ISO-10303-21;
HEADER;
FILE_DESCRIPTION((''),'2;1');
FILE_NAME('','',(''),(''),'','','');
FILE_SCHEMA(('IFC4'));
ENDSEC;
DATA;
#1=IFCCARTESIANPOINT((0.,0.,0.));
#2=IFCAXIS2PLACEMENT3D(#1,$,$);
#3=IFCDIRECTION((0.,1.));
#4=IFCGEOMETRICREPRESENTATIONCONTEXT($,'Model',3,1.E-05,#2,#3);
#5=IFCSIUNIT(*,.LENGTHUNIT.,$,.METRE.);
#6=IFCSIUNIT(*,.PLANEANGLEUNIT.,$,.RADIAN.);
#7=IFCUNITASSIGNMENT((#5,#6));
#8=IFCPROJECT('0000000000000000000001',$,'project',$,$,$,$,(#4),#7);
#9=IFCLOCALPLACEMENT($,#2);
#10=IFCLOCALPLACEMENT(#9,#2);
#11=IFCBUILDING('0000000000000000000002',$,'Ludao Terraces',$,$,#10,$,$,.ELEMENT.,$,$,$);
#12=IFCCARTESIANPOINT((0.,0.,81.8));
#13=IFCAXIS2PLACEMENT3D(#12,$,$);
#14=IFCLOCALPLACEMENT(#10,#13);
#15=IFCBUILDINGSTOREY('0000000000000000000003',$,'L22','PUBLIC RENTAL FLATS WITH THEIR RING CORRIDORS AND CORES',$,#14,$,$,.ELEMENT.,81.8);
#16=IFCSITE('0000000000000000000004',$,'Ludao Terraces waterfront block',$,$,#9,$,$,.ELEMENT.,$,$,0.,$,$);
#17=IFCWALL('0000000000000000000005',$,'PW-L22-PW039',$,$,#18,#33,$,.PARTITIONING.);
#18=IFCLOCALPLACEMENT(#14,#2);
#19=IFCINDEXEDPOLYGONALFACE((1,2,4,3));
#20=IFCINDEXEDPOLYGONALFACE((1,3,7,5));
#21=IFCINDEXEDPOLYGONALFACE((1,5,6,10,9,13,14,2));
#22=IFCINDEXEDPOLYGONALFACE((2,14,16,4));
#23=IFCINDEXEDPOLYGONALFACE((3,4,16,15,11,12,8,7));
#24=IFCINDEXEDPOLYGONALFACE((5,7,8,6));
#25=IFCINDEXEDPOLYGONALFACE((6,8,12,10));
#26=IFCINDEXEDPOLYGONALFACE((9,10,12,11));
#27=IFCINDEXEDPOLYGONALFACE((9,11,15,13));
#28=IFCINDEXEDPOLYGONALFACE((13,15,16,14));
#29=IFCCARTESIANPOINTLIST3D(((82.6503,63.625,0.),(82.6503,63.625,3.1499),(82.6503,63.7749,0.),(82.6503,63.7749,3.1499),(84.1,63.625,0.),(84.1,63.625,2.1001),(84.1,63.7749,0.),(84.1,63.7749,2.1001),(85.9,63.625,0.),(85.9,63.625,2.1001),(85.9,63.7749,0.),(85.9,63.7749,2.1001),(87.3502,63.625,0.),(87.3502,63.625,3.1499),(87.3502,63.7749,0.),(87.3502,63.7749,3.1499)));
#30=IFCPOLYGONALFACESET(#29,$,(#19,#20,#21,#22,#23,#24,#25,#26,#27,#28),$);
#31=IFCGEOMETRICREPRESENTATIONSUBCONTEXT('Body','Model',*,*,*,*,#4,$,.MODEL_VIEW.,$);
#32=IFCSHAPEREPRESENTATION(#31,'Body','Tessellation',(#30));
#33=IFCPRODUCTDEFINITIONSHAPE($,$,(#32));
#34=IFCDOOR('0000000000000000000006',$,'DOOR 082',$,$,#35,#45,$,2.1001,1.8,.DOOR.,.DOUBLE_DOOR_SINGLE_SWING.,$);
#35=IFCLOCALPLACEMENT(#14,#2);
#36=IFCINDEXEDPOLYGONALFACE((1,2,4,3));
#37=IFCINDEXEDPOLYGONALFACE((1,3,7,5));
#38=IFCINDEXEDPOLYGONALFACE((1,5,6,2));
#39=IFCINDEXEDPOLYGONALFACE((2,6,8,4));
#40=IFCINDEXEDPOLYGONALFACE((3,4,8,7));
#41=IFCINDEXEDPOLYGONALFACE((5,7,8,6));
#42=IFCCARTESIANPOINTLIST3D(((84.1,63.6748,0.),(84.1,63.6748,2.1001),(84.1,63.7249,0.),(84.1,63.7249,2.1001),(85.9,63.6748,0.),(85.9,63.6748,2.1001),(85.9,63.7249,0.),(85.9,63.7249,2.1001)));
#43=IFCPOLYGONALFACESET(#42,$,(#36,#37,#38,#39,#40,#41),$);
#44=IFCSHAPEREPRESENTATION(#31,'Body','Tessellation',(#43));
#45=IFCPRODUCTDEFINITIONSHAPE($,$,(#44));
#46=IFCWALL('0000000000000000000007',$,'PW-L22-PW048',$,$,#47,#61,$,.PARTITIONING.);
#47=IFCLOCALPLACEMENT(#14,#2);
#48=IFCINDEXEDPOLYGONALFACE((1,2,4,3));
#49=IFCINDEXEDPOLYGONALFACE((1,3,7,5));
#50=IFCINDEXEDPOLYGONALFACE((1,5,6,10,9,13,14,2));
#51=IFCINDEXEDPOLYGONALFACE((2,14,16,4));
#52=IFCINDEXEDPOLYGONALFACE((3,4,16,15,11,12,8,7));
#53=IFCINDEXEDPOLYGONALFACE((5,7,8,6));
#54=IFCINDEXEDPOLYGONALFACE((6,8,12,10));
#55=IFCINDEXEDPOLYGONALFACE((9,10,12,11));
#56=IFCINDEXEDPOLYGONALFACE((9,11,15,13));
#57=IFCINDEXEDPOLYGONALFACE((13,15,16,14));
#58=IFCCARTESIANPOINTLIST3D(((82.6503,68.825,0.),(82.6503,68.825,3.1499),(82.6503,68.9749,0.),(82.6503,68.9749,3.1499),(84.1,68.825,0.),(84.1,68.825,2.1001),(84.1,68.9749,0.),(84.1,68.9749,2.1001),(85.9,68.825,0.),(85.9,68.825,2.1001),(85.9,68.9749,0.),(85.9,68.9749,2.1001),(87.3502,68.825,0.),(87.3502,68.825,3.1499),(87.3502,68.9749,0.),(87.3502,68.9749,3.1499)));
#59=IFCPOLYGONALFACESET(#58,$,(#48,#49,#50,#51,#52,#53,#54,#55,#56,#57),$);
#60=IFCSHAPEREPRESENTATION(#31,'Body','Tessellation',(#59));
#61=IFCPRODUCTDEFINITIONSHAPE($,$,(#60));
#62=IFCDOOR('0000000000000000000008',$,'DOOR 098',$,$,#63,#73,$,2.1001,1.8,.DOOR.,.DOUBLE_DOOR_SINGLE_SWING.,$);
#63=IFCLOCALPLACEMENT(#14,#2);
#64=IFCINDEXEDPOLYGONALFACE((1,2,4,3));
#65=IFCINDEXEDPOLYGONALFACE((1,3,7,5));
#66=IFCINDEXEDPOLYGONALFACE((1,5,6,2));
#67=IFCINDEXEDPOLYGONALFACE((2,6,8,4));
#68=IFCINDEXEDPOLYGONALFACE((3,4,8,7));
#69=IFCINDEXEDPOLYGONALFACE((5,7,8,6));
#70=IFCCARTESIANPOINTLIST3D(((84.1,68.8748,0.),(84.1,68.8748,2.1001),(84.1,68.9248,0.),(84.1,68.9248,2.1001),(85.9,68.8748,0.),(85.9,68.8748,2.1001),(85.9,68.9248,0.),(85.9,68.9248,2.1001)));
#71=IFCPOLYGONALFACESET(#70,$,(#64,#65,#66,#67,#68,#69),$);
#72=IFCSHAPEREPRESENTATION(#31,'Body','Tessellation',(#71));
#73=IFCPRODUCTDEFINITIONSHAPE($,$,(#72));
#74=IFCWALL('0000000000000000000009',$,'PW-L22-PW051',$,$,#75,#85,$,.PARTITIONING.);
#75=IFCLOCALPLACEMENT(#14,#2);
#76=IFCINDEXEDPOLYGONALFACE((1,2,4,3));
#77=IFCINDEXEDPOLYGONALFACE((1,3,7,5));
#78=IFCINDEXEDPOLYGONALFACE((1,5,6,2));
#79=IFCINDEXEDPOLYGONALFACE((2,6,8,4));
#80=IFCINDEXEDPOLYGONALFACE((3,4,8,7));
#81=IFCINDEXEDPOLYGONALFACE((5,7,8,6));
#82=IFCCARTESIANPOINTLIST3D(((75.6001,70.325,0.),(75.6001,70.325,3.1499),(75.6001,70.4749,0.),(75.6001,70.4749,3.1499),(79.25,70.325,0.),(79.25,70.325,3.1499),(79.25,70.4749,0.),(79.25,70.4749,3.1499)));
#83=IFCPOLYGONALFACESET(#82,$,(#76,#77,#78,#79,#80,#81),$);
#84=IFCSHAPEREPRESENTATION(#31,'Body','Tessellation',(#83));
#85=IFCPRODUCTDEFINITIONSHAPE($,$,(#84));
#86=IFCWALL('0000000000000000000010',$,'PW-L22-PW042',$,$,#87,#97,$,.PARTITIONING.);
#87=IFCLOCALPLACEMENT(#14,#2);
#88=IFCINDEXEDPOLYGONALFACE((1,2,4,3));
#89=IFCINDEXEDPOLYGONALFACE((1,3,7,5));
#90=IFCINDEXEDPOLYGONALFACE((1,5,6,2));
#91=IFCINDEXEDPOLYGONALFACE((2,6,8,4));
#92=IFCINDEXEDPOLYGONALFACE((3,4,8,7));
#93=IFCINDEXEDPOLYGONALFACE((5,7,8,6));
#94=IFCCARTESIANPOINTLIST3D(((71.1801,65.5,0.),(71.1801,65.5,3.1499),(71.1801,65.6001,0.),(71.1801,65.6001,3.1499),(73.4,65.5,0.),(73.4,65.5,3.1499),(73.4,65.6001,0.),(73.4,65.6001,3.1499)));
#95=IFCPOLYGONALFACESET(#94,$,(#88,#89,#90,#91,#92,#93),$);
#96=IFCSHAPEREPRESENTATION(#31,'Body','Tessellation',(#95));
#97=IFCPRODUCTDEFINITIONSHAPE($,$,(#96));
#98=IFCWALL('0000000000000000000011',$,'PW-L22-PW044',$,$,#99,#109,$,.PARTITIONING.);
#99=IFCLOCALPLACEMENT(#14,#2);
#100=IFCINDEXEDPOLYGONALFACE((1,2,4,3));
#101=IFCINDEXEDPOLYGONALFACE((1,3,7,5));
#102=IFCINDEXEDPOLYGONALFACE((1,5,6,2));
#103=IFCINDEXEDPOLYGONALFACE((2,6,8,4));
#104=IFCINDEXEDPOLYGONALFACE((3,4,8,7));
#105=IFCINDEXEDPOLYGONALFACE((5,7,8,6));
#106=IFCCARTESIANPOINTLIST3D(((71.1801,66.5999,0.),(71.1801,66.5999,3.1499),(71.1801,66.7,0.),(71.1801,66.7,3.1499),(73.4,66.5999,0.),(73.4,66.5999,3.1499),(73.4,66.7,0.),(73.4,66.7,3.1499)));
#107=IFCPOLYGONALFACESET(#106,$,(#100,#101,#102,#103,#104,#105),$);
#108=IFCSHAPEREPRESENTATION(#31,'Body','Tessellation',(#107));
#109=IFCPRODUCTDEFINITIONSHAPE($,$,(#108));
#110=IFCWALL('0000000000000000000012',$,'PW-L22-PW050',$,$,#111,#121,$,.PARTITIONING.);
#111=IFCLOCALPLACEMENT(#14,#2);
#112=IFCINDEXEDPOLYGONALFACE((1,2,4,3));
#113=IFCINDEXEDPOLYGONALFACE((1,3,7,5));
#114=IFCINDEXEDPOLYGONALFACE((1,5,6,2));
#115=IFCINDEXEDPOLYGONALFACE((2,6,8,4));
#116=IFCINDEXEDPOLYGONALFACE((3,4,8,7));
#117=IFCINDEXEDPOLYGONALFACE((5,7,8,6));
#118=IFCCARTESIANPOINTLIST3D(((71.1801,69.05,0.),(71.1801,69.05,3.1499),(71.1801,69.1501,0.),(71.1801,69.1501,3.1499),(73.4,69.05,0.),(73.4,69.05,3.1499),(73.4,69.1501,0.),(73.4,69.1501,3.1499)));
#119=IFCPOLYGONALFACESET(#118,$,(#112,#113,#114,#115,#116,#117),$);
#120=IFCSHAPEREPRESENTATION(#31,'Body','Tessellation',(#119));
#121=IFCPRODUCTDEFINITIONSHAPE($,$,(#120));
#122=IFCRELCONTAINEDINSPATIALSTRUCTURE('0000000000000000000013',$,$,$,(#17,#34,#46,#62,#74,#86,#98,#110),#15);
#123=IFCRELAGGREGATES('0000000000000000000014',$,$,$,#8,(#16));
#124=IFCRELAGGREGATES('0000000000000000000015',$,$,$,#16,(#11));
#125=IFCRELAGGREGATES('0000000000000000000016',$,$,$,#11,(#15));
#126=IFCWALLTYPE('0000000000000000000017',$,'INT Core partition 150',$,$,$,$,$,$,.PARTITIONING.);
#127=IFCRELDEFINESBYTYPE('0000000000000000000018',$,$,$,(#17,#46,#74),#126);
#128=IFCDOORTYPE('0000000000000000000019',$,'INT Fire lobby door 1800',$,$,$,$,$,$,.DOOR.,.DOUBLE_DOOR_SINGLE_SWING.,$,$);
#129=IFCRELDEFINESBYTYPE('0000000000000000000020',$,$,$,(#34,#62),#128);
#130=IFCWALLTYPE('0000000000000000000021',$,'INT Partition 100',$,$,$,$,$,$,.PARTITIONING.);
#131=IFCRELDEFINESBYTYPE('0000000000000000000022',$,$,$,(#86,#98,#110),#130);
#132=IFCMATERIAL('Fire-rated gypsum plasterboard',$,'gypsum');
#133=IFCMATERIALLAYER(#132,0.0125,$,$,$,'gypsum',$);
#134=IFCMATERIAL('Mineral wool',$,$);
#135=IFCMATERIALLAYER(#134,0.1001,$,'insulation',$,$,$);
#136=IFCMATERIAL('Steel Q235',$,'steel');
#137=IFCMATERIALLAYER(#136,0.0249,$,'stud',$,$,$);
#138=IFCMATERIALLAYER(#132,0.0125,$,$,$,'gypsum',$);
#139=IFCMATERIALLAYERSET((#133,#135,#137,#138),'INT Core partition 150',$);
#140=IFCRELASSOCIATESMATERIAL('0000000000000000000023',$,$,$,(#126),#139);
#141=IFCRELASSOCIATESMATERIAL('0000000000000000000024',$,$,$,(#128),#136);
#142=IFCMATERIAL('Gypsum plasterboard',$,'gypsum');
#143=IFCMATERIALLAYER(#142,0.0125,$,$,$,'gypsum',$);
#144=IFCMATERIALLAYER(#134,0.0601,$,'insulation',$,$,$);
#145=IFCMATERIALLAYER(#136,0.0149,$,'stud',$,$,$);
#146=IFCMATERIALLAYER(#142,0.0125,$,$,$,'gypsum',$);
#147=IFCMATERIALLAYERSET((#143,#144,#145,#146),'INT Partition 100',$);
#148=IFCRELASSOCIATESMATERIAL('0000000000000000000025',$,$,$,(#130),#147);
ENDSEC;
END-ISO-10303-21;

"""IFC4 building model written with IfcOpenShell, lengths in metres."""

from ifc_helpers import new_model, si_unit, direction, frame, frame_2d, origin, place, context, subcontext, project, spatial, rectangle, extrude, material, layer, layer_set, type_object, element, fill, save


model = new_model("IFC4")

# Units and contexts
model_context = context("Model", 3, precision=1e-05, world=origin(), true_north=direction((0.0, 1.0)))
body_context = subcontext(model_context, "Body", "Model", "MODEL_VIEW")
ifc_project = project(units=[si_unit("LENGTHUNIT", "METRE"), si_unit("PLANEANGLEUNIT", "RADIAN")], contexts=[model_context])

# Site, building, storey
site_placement = place(None, origin())
site = spatial("IfcSite", under=ifc_project, at=site_placement, Name="Ludao Terraces waterfront block", CompositionType="ELEMENT", RefElevation=0.0)
building_placement = place(site_placement, origin())
building = spatial("IfcBuilding", under=site, at=building_placement, Name="Ludao Terraces", CompositionType="ELEMENT")
storey_placement = place(building_placement, frame((0.0, 0.0, 81.8)))
storey = spatial("IfcBuildingStorey", under=building, at=storey_placement, Name="L22", Description="PUBLIC RENTAL FLATS WITH THEIR RING CORRIDORS AND CORES", CompositionType="ELEMENT", Elevation=81.8)

# Walls, openings, doors
ifc_material_1 = material(Name="Fire-rated gypsum plasterboard", Category="gypsum")
ifc_layer_1 = layer(ifc_material_1, 0.0125, Category="gypsum")
ifc_material_2 = material(Name="Mineral wool")
ifc_layer_2 = layer(ifc_material_2, 0.1001, Name="insulation")
ifc_material_3 = material(Name="Steel Q235", Category="steel")
ifc_layer_3 = layer(ifc_material_3, 0.0249, Name="stud")
ifc_layer_4 = layer(ifc_material_1, 0.0125, Category="gypsum")
ifc_layer_set_1 = layer_set([ifc_layer_1, ifc_layer_2, ifc_layer_3, ifc_layer_4], Name="INT Core partition 150")
wall_type_1 = type_object("IfcWallType", Name="INT Core partition 150", PredefinedType="PARTITIONING", material=ifc_layer_set_1)
wall_1_placement = place(storey_placement, frame((82.6501, 63.7, 0.0), z_axis=(0.0, 0.0, 1.0), x_axis=(1.0, 0.0, 0.0)))
wall_1 = element("IfcWall", 1, at=wall_1_placement, inside=storey, type_object=wall_type_1, Name="PW-L22-PW039", PredefinedType="PARTITIONING", context=body_context, shape_type="SweptSolid", body=[
    extrude(rectangle(XDim=4.7, YDim=0.1499, at=frame_2d((2.3501, 0.0))), origin(), (0.0, 0.0, 1.0), 3.1499),
])
opening_1_placement = place(wall_1_placement, frame((1.45, 0.0, 0.0)))
opening_1 = element("IfcOpeningElement", 2, at=opening_1_placement, cuts=wall_1, PredefinedType="OPENING", context=body_context, shape_type="SweptSolid", body=[
    extrude(rectangle(XDim=1.8, YDim=2.1001, at=frame_2d((0.8999, 1.05))), frame((0.0, 0.085, 0.0), z_axis=(0.0, -1.0, 0.0), x_axis=(1.0, 0.0, 0.0)), (0.0, 0.0, 1.0), 0.1699),
])
door_type_1 = type_object("IfcDoorType", Name="INT Fire lobby door 1800", OperationType="DOUBLE_DOOR_SINGLE_SWING", PredefinedType="DOOR", material=ifc_material_3)
door_1_placement = place(opening_1_placement, origin())
door_1 = element("IfcDoor", 3, at=door_1_placement, inside=storey, type_object=door_type_1, Name="DOOR 082", OperationType="DOUBLE_DOOR_SINGLE_SWING", OverallHeight=2.1001, OverallWidth=1.8, PredefinedType="DOOR", context=body_context, shape_type="SweptSolid", body=[
    extrude(rectangle(XDim=1.8, YDim=2.1001, at=frame_2d((0.8999, 1.05))), frame((0.0, 0.0249, 0.0), z_axis=(0.0, -1.0, 0.0), x_axis=(1.0, 0.0, 0.0)), (0.0, 0.0, 1.0), 0.05),
])
fill(opening_1, door_1)
wall_2_placement = place(storey_placement, frame((82.6501, 68.8999, 0.0), z_axis=(0.0, 0.0, 1.0), x_axis=(1.0, 0.0, 0.0)))
wall_2 = element("IfcWall", 4, at=wall_2_placement, inside=storey, type_object=wall_type_1, Name="PW-L22-PW048", PredefinedType="PARTITIONING", context=body_context, shape_type="SweptSolid", body=[
    extrude(rectangle(XDim=4.7, YDim=0.1499, at=frame_2d((2.3501, 0.0))), origin(), (0.0, 0.0, 1.0), 3.1499),
])
opening_2_placement = place(wall_2_placement, frame((1.45, 0.0, 0.0)))
opening_2 = element("IfcOpeningElement", 5, at=opening_2_placement, cuts=wall_2, PredefinedType="OPENING", context=body_context, shape_type="SweptSolid", body=[
    extrude(rectangle(XDim=1.8, YDim=2.1001, at=frame_2d((0.8999, 1.05))), frame((0.0, 0.085, 0.0), z_axis=(0.0, -1.0, 0.0), x_axis=(1.0, 0.0, 0.0)), (0.0, 0.0, 1.0), 0.1699),
])
door_2_placement = place(opening_2_placement, origin())
door_2 = element("IfcDoor", 6, at=door_2_placement, inside=storey, type_object=door_type_1, Name="DOOR 098", OperationType="DOUBLE_DOOR_SINGLE_SWING", OverallHeight=2.1001, OverallWidth=1.8, PredefinedType="DOOR", context=body_context, shape_type="SweptSolid", body=[
    extrude(rectangle(XDim=1.8, YDim=2.1001, at=frame_2d((0.8999, 1.05))), frame((0.0, 0.0249, 0.0), z_axis=(0.0, -1.0, 0.0), x_axis=(1.0, 0.0, 0.0)), (0.0, 0.0, 1.0), 0.05),
])
fill(opening_2, door_2)

# Walls
wall_3_placement = place(storey_placement, frame((75.6001, 70.3999, 0.0), z_axis=(0.0, 0.0, 1.0), x_axis=(1.0, 0.0, 0.0)))
element("IfcWall", 7, at=wall_3_placement, inside=storey, type_object=wall_type_1, Name="PW-L22-PW051", PredefinedType="PARTITIONING", context=body_context, shape_type="SweptSolid", body=[
    extrude(rectangle(XDim=3.6499, YDim=0.1499, at=frame_2d((1.825, 0.0))), origin(), (0.0, 0.0, 1.0), 3.1499),
])
ifc_material_4 = material(Name="Gypsum plasterboard", Category="gypsum")
ifc_layer_5 = layer(ifc_material_4, 0.0125, Category="gypsum")
ifc_layer_6 = layer(ifc_material_2, 0.0601, Name="insulation")
ifc_layer_7 = layer(ifc_material_3, 0.0149, Name="stud")
ifc_layer_8 = layer(ifc_material_4, 0.0125, Category="gypsum")
ifc_layer_set_2 = layer_set([ifc_layer_5, ifc_layer_6, ifc_layer_7, ifc_layer_8], Name="INT Partition 100")
wall_type_2 = type_object("IfcWallType", Name="INT Partition 100", PredefinedType="PARTITIONING", material=ifc_layer_set_2)
for number, where, z_axis, x_axis, name in (
    (8, (71.1802, 65.55, 0.0), (0.0, 0.0, 1.0), (1.0, 0.0, 0.0), "PW-L22-PW042"),
    (9, (71.1802, 66.6499, 0.0), (0.0, 0.0, 1.0), (1.0, 0.0, 0.0), "PW-L22-PW044"),
    (10, (71.1802, 69.1001, 0.0), (0.0, 0.0, 1.0), (1.0, 0.0, 0.0), "PW-L22-PW050"),
):
    element("IfcWall", number, at=place(storey_placement, frame(where, z_axis=z_axis, x_axis=x_axis)), inside=storey, type_object=wall_type_2, Name=name, PredefinedType="PARTITIONING", context=body_context, shape_type="SweptSolid", body=[
        extrude(rectangle(XDim=2.22, YDim=0.1001, at=frame_2d((1.1099, 0.0))), origin(), (0.0, 0.0, 1.0), 3.1499),
    ])

save(model, "model.ifc")
